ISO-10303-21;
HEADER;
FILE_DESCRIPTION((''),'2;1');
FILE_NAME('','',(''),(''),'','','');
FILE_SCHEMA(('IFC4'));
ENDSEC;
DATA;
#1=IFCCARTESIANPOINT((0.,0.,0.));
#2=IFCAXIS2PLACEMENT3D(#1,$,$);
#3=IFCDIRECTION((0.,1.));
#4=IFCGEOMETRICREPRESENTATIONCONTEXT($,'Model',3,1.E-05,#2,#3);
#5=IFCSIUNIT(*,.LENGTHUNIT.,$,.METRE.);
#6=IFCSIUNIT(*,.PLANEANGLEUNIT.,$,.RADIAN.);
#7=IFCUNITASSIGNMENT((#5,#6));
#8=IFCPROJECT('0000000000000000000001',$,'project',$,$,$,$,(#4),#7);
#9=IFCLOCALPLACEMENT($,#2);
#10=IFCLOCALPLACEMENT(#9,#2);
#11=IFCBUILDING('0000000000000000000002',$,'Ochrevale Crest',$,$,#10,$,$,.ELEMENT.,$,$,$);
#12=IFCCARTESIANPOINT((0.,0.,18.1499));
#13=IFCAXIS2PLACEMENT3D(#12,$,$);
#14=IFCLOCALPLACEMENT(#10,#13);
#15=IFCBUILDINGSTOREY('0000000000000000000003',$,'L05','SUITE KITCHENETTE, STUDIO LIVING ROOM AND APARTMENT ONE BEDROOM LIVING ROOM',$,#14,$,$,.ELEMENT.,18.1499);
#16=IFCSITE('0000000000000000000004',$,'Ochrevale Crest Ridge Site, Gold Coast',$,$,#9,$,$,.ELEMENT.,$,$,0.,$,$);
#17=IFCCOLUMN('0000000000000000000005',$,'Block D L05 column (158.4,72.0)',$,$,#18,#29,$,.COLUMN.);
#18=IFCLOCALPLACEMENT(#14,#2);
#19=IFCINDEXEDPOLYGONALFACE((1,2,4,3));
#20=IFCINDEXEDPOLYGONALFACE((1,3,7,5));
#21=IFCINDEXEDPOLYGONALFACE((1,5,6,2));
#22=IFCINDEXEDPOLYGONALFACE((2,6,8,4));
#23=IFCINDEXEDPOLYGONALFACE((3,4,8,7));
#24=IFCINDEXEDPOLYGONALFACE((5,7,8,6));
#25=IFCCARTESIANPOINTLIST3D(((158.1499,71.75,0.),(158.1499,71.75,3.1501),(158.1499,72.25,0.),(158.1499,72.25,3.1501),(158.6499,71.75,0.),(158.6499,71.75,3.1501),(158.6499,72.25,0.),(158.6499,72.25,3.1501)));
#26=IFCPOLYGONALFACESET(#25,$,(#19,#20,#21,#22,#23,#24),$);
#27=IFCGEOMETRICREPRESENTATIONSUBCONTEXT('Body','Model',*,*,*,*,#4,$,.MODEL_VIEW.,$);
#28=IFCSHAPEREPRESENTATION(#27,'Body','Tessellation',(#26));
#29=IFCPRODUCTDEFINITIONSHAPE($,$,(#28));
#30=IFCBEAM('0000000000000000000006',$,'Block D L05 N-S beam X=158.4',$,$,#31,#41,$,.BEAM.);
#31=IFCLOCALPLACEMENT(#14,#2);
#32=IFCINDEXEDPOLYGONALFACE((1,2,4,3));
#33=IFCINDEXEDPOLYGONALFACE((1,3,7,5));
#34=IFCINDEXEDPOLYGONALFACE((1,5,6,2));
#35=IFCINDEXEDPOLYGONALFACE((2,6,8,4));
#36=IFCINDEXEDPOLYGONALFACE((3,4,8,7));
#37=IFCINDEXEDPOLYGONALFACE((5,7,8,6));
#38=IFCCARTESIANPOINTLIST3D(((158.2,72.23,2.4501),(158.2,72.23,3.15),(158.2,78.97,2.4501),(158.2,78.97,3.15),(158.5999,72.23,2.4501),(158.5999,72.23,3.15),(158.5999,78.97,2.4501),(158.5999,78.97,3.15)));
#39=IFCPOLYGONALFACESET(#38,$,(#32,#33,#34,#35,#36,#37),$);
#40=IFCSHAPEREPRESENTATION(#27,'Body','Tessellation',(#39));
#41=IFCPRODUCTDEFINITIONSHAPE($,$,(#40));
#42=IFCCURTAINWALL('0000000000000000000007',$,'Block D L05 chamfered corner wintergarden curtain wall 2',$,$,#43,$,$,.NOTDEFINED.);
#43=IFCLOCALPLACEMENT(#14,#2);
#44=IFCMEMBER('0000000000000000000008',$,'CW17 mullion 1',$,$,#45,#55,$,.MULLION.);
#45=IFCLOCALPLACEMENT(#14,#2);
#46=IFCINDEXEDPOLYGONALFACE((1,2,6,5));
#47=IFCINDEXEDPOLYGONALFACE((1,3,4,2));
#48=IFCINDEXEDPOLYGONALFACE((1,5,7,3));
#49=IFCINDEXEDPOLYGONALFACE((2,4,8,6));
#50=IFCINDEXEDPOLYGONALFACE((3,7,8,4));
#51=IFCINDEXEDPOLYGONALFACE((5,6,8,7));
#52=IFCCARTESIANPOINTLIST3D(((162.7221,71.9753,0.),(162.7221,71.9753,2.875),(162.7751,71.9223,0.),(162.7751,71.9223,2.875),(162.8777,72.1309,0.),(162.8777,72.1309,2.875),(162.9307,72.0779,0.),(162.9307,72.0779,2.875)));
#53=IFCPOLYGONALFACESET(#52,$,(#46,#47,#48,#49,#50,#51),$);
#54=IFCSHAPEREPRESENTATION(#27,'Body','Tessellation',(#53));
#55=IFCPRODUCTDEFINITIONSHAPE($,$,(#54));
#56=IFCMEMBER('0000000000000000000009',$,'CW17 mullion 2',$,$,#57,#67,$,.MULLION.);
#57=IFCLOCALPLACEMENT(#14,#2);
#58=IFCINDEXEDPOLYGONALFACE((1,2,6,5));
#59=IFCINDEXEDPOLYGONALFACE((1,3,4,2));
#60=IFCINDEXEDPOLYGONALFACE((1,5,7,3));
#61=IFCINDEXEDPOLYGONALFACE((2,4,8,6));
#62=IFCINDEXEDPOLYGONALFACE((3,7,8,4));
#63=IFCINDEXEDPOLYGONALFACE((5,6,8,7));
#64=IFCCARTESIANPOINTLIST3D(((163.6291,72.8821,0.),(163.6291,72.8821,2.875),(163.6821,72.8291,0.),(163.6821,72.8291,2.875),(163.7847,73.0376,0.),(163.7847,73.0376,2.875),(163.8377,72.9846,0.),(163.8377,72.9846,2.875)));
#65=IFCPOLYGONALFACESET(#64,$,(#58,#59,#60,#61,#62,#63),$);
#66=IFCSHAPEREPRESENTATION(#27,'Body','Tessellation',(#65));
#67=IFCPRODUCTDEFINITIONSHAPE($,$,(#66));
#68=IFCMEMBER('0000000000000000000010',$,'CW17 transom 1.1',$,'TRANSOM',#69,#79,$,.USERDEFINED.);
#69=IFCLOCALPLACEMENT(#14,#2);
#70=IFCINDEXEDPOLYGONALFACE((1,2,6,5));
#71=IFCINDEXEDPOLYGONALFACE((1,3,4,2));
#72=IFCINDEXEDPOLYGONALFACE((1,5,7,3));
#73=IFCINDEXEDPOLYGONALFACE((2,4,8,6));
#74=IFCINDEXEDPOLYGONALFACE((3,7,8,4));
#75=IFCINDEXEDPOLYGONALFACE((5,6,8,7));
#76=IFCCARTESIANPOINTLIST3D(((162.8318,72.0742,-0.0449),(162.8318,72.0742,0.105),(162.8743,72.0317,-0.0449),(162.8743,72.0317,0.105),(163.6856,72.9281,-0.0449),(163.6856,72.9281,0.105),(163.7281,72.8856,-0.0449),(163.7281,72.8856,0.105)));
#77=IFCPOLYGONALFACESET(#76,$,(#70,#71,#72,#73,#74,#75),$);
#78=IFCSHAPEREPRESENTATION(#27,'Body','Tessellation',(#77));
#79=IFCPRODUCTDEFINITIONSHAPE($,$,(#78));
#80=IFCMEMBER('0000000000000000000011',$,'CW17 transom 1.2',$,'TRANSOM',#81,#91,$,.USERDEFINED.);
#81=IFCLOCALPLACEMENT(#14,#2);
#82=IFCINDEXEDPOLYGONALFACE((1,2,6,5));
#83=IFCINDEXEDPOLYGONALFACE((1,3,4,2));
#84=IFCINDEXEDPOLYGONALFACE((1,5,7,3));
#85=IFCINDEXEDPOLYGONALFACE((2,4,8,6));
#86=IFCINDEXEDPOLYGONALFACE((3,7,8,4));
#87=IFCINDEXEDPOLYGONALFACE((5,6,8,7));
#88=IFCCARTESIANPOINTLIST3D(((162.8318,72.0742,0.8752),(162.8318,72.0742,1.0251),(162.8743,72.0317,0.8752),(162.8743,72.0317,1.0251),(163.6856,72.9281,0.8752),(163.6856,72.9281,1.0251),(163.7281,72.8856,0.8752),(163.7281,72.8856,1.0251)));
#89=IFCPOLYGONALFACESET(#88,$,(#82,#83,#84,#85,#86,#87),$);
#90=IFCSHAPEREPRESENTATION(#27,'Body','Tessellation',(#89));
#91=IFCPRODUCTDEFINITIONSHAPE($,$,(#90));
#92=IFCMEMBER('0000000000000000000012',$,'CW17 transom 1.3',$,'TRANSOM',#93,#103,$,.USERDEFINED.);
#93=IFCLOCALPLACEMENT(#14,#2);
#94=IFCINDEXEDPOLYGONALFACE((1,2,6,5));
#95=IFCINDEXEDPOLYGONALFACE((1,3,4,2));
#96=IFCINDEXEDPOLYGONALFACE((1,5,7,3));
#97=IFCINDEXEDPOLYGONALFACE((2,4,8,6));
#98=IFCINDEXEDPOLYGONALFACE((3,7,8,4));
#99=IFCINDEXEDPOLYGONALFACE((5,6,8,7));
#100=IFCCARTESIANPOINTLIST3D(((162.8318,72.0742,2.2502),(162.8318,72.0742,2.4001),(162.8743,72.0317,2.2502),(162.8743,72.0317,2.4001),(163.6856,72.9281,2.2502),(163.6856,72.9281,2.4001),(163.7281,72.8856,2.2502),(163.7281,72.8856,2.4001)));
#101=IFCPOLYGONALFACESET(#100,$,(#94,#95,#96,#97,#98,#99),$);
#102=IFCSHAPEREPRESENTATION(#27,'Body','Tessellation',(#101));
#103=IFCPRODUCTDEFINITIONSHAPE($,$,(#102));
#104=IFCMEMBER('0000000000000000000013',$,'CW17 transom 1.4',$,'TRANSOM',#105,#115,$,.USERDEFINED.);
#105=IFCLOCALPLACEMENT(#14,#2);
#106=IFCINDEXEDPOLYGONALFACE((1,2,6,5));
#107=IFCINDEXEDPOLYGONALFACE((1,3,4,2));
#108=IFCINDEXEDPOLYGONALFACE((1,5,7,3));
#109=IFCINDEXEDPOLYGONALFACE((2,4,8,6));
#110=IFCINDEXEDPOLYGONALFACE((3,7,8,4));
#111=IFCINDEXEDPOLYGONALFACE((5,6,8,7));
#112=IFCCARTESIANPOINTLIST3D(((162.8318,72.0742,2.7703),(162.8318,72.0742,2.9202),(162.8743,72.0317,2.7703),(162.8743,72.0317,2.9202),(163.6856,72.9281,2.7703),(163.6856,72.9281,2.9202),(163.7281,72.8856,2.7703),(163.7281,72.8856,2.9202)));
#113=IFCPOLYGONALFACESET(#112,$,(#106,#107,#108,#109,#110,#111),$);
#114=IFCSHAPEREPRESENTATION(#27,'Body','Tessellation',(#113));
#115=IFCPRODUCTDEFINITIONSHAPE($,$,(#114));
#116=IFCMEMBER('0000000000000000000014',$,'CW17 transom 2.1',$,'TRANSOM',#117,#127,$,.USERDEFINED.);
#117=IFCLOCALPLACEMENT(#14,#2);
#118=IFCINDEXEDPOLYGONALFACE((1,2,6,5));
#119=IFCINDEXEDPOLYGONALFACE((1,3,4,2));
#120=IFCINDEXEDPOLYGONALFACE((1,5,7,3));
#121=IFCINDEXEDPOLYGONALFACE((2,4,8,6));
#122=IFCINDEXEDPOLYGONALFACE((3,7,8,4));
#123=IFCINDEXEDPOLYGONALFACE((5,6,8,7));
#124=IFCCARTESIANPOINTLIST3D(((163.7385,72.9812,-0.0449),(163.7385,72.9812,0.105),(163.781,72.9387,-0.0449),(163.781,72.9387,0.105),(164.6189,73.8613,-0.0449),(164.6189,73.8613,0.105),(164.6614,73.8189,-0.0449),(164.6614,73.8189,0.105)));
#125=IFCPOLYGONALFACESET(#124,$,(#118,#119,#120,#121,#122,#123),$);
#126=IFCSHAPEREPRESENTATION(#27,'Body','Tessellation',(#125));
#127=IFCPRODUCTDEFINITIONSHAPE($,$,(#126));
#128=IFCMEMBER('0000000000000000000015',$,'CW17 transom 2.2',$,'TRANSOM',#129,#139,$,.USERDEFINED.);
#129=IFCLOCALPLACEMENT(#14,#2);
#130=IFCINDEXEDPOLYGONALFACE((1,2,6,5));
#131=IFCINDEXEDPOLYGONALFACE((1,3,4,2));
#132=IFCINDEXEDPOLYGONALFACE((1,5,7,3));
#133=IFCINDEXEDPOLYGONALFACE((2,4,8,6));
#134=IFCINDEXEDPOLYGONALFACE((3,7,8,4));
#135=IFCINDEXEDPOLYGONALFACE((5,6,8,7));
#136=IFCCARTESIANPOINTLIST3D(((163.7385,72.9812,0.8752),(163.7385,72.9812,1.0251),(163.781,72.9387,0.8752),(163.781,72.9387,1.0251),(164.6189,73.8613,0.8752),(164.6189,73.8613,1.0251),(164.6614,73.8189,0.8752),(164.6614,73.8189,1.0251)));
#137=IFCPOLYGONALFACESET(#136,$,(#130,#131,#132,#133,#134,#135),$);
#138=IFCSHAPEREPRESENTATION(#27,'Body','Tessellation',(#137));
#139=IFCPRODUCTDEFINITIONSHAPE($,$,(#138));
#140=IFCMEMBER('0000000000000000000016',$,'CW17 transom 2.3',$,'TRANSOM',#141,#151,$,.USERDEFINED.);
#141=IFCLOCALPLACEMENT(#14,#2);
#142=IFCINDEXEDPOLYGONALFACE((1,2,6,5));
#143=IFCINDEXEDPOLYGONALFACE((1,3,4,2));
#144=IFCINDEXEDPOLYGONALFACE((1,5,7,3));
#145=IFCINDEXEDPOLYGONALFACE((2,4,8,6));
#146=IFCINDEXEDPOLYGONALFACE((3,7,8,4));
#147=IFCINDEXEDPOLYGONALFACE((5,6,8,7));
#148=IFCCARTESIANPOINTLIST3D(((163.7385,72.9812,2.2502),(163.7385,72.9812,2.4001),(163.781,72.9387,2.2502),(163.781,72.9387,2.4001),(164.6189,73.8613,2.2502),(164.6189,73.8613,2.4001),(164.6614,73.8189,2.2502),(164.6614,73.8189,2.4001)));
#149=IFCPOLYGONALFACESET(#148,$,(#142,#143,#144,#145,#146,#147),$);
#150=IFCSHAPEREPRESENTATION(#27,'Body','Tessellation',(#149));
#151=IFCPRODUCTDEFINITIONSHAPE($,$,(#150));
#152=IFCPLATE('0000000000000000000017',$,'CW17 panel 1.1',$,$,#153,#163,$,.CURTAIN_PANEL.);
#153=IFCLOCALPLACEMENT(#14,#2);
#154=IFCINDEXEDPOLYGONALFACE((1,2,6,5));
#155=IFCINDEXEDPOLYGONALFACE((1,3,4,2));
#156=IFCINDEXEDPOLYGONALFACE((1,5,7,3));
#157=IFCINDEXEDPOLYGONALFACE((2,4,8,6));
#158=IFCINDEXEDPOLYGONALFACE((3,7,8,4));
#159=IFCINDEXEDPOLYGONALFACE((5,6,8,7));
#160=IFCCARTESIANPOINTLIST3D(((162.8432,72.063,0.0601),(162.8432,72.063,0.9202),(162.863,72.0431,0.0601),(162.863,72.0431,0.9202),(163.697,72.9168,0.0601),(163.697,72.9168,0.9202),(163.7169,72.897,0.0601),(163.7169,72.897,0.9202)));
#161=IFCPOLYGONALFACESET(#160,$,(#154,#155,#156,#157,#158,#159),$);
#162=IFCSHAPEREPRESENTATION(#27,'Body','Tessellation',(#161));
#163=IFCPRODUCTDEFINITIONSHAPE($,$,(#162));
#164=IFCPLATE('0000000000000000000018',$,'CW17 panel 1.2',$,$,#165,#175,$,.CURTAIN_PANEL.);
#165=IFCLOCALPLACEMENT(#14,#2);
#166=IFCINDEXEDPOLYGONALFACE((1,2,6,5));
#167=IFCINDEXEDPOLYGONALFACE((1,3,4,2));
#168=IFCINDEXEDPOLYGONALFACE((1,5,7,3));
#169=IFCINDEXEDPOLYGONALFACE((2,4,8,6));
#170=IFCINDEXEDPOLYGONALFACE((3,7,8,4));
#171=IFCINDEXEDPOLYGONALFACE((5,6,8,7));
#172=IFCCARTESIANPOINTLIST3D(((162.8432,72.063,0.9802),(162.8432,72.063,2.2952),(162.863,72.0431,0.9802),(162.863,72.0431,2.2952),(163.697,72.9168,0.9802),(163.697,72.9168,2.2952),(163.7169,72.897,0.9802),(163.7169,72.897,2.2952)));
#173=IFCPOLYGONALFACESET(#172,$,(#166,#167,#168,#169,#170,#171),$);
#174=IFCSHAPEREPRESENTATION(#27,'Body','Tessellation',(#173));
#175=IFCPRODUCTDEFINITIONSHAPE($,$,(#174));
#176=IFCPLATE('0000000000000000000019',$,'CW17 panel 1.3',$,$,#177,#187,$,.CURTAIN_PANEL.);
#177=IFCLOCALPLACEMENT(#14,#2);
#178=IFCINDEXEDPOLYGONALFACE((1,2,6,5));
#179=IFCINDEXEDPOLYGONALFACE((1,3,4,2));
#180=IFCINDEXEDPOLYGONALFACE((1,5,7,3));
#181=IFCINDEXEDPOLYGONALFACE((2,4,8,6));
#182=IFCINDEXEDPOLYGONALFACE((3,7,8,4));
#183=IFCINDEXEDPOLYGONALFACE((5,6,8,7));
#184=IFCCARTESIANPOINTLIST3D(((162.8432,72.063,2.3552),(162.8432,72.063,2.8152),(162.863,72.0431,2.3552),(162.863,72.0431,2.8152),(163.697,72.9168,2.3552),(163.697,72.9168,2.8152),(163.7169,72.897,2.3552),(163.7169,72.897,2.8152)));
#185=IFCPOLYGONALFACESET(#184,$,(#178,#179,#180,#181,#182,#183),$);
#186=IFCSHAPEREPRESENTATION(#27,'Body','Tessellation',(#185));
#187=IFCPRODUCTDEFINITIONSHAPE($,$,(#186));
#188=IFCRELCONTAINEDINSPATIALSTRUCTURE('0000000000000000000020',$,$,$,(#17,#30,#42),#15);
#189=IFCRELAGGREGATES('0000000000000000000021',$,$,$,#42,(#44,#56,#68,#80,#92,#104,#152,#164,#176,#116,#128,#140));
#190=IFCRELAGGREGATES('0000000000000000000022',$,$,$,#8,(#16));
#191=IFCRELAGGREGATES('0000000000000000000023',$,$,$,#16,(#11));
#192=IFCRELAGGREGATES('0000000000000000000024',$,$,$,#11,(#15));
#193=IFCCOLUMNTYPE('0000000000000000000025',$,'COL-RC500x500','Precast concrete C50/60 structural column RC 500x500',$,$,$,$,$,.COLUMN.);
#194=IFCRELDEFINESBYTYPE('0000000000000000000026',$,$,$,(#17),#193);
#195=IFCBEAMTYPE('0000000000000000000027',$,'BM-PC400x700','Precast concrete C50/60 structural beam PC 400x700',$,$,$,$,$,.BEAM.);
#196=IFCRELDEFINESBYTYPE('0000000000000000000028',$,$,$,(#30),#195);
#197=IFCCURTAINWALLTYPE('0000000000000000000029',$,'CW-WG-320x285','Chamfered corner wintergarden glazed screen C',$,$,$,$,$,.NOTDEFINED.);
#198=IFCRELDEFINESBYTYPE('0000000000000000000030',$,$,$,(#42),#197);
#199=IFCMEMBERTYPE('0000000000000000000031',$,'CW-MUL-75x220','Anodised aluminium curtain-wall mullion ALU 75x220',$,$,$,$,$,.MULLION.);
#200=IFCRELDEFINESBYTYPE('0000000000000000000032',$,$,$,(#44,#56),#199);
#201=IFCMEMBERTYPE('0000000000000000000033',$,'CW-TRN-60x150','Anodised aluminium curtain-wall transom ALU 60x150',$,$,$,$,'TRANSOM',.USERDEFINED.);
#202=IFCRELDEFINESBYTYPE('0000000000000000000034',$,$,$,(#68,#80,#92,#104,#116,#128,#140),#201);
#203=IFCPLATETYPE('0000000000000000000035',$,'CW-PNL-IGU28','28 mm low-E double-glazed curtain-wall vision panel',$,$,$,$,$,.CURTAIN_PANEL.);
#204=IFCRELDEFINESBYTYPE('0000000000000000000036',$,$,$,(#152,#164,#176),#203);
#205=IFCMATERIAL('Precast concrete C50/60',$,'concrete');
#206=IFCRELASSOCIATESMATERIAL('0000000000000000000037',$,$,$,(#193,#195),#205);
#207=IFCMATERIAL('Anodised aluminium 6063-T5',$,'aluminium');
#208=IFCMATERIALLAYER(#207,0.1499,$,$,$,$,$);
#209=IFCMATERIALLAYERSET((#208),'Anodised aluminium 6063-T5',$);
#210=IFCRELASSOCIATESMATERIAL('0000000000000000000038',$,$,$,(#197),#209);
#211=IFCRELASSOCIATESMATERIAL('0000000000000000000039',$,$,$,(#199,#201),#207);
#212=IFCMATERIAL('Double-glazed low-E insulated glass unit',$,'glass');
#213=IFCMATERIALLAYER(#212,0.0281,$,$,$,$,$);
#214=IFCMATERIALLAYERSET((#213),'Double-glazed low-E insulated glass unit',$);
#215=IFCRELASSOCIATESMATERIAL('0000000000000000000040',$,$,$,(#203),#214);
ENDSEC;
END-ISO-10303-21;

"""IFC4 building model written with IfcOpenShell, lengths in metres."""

from ifc_helpers import new_model, si_unit, direction, frame, origin, origin_2d, place, context, subcontext, project, spatial, rectangle, extrude, material, layer, layer_set, material_profile, profile_set, type_object, element, aggregate, save


model = new_model("IFC4")

# Units and contexts
model_context = context("Model", 3, precision=1e-05, world=origin(), true_north=direction((0.0, 1.0)))
body_context = subcontext(model_context, "Body", "Model", "MODEL_VIEW")
ifc_project = project(units=[si_unit("LENGTHUNIT", "METRE"), si_unit("PLANEANGLEUNIT", "RADIAN")], contexts=[model_context])

# Site, building, storey
site_placement = place(None, origin())
site = spatial("IfcSite", under=ifc_project, at=site_placement, Name="Ochrevale Crest Ridge Site, Gold Coast", CompositionType="ELEMENT", RefElevation=0.0)
building_placement = place(site_placement, origin())
building = spatial("IfcBuilding", under=site, at=building_placement, Name="Ochrevale Crest", CompositionType="ELEMENT")
storey_placement = place(building_placement, frame((0.0, 0.0, 18.1499)))
storey = spatial("IfcBuildingStorey", under=building, at=storey_placement, Name="L05", Description="SUITE KITCHENETTE, STUDIO LIVING ROOM AND APARTMENT ONE BEDROOM LIVING ROOM", CompositionType="ELEMENT", Elevation=18.1499)

# Column
ifc_material_1 = material(Name="Precast concrete C50/60", Category="concrete")
ifc_material_profile_1 = material_profile(ifc_material_1, rectangle(XDim=0.5, YDim=0.5, at=origin_2d()), Name="RC 500x500")
ifc_profile_set_1 = profile_set([ifc_material_profile_1], Name="Precast concrete C50/60")
column_type = type_object("IfcColumnType", Name="COL-RC500x500", Description="Precast concrete C50/60 structural column RC 500x500", PredefinedType="COLUMN", material=ifc_profile_set_1)
column_placement = place(storey_placement, frame((158.3999, 72.0, 0.0), z_axis=(0.0, 0.0, 1.0), x_axis=(1.0, 0.0, 0.0)))
element("IfcColumn", 1, at=column_placement, inside=storey, type_object=column_type, Name="Block D L05 column (158.4,72.0)", PredefinedType="COLUMN", context=body_context, shape_type="SweptSolid", body=[
    extrude(rectangle(XDim=0.5, YDim=0.5, at=origin_2d()), origin(), (0.0, 0.0, 1.0), 3.1501),
])

# Beam
ifc_material_profile_2 = material_profile(ifc_material_1, rectangle(XDim=0.3999, YDim=0.7, at=origin_2d()), Name="PC 400x700")
ifc_profile_set_2 = profile_set([ifc_material_profile_2], Name="Precast concrete C50/60")
beam_type = type_object("IfcBeamType", Name="BM-PC400x700", Description="Precast concrete C50/60 structural beam PC 400x700", PredefinedType="BEAM", material=ifc_profile_set_2)
beam_placement = place(storey_placement, frame((158.3999, 72.23, 2.8), z_axis=(0.0, 1.0, 0.0), x_axis=(-1.0, 0.0, 0.0)))
element("IfcBeam", 2, at=beam_placement, inside=storey, type_object=beam_type, Name="Block D L05 N-S beam X=158.4", PredefinedType="BEAM", context=body_context, shape_type="SweptSolid", body=[
    extrude(rectangle(XDim=0.3999, YDim=0.7, at=origin_2d()), origin(), (0.0, 0.0, 1.0), 6.74),
])

# Curtain wall, members, plates
ifc_material_2 = material(Name="Anodised aluminium 6063-T5", Category="aluminium")
ifc_layer_1 = layer(ifc_material_2, 0.1499)
ifc_layer_set_1 = layer_set([ifc_layer_1], Name="Anodised aluminium 6063-T5")
curtain_wall_type = type_object("IfcCurtainWallType", Name="CW-WG-320x285", Description="Chamfered corner wintergarden glazed screen C", PredefinedType="NOTDEFINED", material=ifc_layer_set_1)
curtain_wall_placement = place(storey_placement, origin())
curtain_wall = element("IfcCurtainWall", 3, at=curtain_wall_placement, inside=storey, type_object=curtain_wall_type, Name="Block D L05 chamfered corner wintergarden curtain wall 2", PredefinedType="NOTDEFINED")
ifc_material_profile_3 = material_profile(ifc_material_2, rectangle(XDim=0.075, YDim=0.22, at=origin_2d()), Name="ALU 75x220")
ifc_profile_set_3 = profile_set([ifc_material_profile_3], Name="Anodised aluminium 6063-T5")
member_type_1 = type_object("IfcMemberType", Name="CW-MUL-75x220", Description="Anodised aluminium curtain-wall mullion ALU 75x220", PredefinedType="MULLION", material=ifc_profile_set_3)
member_1_placement = place(storey_placement, frame((162.8264, 72.0266, 0.0), z_axis=(0.0, 0.0, 1.0), x_axis=(-0.707107, 0.707107, 0.0)))
member_1 = element("IfcMember", 4, at=member_1_placement, type_object=member_type_1, Name="CW17 mullion 1", PredefinedType="MULLION", context=body_context, shape_type="SweptSolid", body=[
    extrude(rectangle(XDim=0.075, YDim=0.22, at=origin_2d()), origin(), (0.0, 0.0, 1.0), 2.875),
])
member_2_placement = place(storey_placement, frame((163.7334, 72.9333, 0.0), z_axis=(0.0, 0.0, 1.0), x_axis=(-0.707107, 0.707107, 0.0)))
member_2 = element("IfcMember", 5, at=member_2_placement, type_object=member_type_1, Name="CW17 mullion 2", PredefinedType="MULLION", context=body_context, shape_type="SweptSolid", body=[
    extrude(rectangle(XDim=0.075, YDim=0.22, at=origin_2d()), origin(), (0.0, 0.0, 1.0), 2.875),
])
ifc_material_profile_4 = material_profile(ifc_material_2, rectangle(XDim=0.0601, YDim=0.1499, at=origin_2d()), Name="ALU 60x150")
ifc_profile_set_4 = profile_set([ifc_material_profile_4], Name="Anodised aluminium 6063-T5")
member_type_2 = type_object("IfcMemberType", Name="CW-TRN-60x150", Description="Anodised aluminium curtain-wall transom ALU 60x150", ElementType="TRANSOM", PredefinedType="USERDEFINED", material=ifc_profile_set_4)
member_3_placement = place(storey_placement, frame((162.853, 72.053, 0.03), z_axis=(0.707107, 0.707107, 0.0), x_axis=(-0.707107, 0.707107, 0.0)))
member_3 = element("IfcMember", 6, at=member_3_placement, type_object=member_type_2, Name="CW17 transom 1.1", ObjectType="TRANSOM", PredefinedType="USERDEFINED", context=body_context, shape_type="SweptSolid", body=[
    extrude(rectangle(XDim=0.0601, YDim=0.1499, at=origin_2d()), origin(), (0.0, 0.0, 1.0), 1.2075),
])
member_4_placement = place(storey_placement, frame((162.853, 72.053, 0.9502), z_axis=(0.707107, 0.707107, 0.0), x_axis=(-0.707107, 0.707107, 0.0)))
member_4 = element("IfcMember", 7, at=member_4_placement, type_object=member_type_2, Name="CW17 transom 1.2", ObjectType="TRANSOM", PredefinedType="USERDEFINED", context=body_context, shape_type="SweptSolid", body=[
    extrude(rectangle(XDim=0.0601, YDim=0.1499, at=origin_2d()), origin(), (0.0, 0.0, 1.0), 1.2075),
])
member_5_placement = place(storey_placement, frame((162.853, 72.053, 2.3252), z_axis=(0.707107, 0.707107, 0.0), x_axis=(-0.707107, 0.707107, 0.0)))
member_5 = element("IfcMember", 8, at=member_5_placement, type_object=member_type_2, Name="CW17 transom 1.3", ObjectType="TRANSOM", PredefinedType="USERDEFINED", context=body_context, shape_type="SweptSolid", body=[
    extrude(rectangle(XDim=0.0601, YDim=0.1499, at=origin_2d()), origin(), (0.0, 0.0, 1.0), 1.2075),
])
member_6_placement = place(storey_placement, frame((162.853, 72.053, 2.8452), z_axis=(0.707107, 0.707107, 0.0), x_axis=(-0.707107, 0.707107, 0.0)))
member_6 = element("IfcMember", 9, at=member_6_placement, type_object=member_type_2, Name="CW17 transom 1.4", ObjectType="TRANSOM", PredefinedType="USERDEFINED", context=body_context, shape_type="SweptSolid", body=[
    extrude(rectangle(XDim=0.0601, YDim=0.1499, at=origin_2d()), origin(), (0.0, 0.0, 1.0), 1.2075),
])
member_7_placement = place(storey_placement, frame((163.7598, 72.96, 0.03), z_axis=(0.707205, 0.707009, 0.0), x_axis=(-0.707009, 0.707205, 0.0)))
member_7 = element("IfcMember", 10, at=member_7_placement, type_object=member_type_2, Name="CW17 transom 2.1", ObjectType="TRANSOM", PredefinedType="USERDEFINED", context=body_context, shape_type="SweptSolid", body=[
    extrude(rectangle(XDim=0.0601, YDim=0.1499, at=origin_2d()), origin(), (0.0, 0.0, 1.0), 1.2449),
])
member_8_placement = place(storey_placement, frame((163.7598, 72.96, 0.9502), z_axis=(0.707205, 0.707009, 0.0), x_axis=(-0.707009, 0.707205, 0.0)))
member_8 = element("IfcMember", 11, at=member_8_placement, type_object=member_type_2, Name="CW17 transom 2.2", ObjectType="TRANSOM", PredefinedType="USERDEFINED", context=body_context, shape_type="SweptSolid", body=[
    extrude(rectangle(XDim=0.0601, YDim=0.1499, at=origin_2d()), origin(), (0.0, 0.0, 1.0), 1.2449),
])
member_9_placement = place(storey_placement, frame((163.7598, 72.96, 2.3252), z_axis=(0.707205, 0.707009, 0.0), x_axis=(-0.707009, 0.707205, 0.0)))
member_9 = element("IfcMember", 12, at=member_9_placement, type_object=member_type_2, Name="CW17 transom 2.3", ObjectType="TRANSOM", PredefinedType="USERDEFINED", context=body_context, shape_type="SweptSolid", body=[
    extrude(rectangle(XDim=0.0601, YDim=0.1499, at=origin_2d()), origin(), (0.0, 0.0, 1.0), 1.2449),
])
ifc_material_3 = material(Name="Double-glazed low-E insulated glass unit", Category="glass")
ifc_layer_2 = layer(ifc_material_3, 0.0281)
ifc_layer_set_2 = layer_set([ifc_layer_2], Name="Double-glazed low-E insulated glass unit")
plate_type_1 = type_object("IfcPlateType", Name="CW-PNL-IGU28", Description="28 mm low-E double-glazed curtain-wall vision panel", PredefinedType="CURTAIN_PANEL", material=ifc_layer_set_2)
plate_1_placement = place(storey_placement, frame((163.28, 72.48, 0.0601), z_axis=(0.0, 0.0, 1.0), x_axis=(0.707107, 0.707107, 0.0)))
plate_1 = element("IfcPlate", 13, at=plate_1_placement, type_object=plate_type_1, Name="CW17 panel 1.1", PredefinedType="CURTAIN_PANEL", context=body_context, shape_type="SweptSolid", body=[
    extrude(rectangle(XDim=1.2075, YDim=0.0281, at=origin_2d()), origin(), (0.0, 0.0, 1.0), 0.8601),
])
plate_2_placement = place(storey_placement, frame((163.28, 72.48, 0.9802), z_axis=(0.0, 0.0, 1.0), x_axis=(0.707107, 0.707107, 0.0)))
plate_2 = element("IfcPlate", 14, at=plate_2_placement, type_object=plate_type_1, Name="CW17 panel 1.2", PredefinedType="CURTAIN_PANEL", context=body_context, shape_type="SweptSolid", body=[
    extrude(rectangle(XDim=1.2075, YDim=0.0281, at=origin_2d()), origin(), (0.0, 0.0, 1.0), 1.3149),
])
plate_3_placement = place(storey_placement, frame((163.28, 72.48, 2.3552), z_axis=(0.0, 0.0, 1.0), x_axis=(0.707107, 0.707107, 0.0)))
plate_3 = element("IfcPlate", 15, at=plate_3_placement, type_object=plate_type_1, Name="CW17 panel 1.3", PredefinedType="CURTAIN_PANEL", context=body_context, shape_type="SweptSolid", body=[
    extrude(rectangle(XDim=1.2075, YDim=0.0281, at=origin_2d()), origin(), (0.0, 0.0, 1.0), 0.46),
])
aggregate(curtain_wall, [member_1, member_2, member_3, member_4, member_5, member_6, plate_1, plate_2, plate_3, member_7, member_8, member_9])

save(model, "model.ifc")
